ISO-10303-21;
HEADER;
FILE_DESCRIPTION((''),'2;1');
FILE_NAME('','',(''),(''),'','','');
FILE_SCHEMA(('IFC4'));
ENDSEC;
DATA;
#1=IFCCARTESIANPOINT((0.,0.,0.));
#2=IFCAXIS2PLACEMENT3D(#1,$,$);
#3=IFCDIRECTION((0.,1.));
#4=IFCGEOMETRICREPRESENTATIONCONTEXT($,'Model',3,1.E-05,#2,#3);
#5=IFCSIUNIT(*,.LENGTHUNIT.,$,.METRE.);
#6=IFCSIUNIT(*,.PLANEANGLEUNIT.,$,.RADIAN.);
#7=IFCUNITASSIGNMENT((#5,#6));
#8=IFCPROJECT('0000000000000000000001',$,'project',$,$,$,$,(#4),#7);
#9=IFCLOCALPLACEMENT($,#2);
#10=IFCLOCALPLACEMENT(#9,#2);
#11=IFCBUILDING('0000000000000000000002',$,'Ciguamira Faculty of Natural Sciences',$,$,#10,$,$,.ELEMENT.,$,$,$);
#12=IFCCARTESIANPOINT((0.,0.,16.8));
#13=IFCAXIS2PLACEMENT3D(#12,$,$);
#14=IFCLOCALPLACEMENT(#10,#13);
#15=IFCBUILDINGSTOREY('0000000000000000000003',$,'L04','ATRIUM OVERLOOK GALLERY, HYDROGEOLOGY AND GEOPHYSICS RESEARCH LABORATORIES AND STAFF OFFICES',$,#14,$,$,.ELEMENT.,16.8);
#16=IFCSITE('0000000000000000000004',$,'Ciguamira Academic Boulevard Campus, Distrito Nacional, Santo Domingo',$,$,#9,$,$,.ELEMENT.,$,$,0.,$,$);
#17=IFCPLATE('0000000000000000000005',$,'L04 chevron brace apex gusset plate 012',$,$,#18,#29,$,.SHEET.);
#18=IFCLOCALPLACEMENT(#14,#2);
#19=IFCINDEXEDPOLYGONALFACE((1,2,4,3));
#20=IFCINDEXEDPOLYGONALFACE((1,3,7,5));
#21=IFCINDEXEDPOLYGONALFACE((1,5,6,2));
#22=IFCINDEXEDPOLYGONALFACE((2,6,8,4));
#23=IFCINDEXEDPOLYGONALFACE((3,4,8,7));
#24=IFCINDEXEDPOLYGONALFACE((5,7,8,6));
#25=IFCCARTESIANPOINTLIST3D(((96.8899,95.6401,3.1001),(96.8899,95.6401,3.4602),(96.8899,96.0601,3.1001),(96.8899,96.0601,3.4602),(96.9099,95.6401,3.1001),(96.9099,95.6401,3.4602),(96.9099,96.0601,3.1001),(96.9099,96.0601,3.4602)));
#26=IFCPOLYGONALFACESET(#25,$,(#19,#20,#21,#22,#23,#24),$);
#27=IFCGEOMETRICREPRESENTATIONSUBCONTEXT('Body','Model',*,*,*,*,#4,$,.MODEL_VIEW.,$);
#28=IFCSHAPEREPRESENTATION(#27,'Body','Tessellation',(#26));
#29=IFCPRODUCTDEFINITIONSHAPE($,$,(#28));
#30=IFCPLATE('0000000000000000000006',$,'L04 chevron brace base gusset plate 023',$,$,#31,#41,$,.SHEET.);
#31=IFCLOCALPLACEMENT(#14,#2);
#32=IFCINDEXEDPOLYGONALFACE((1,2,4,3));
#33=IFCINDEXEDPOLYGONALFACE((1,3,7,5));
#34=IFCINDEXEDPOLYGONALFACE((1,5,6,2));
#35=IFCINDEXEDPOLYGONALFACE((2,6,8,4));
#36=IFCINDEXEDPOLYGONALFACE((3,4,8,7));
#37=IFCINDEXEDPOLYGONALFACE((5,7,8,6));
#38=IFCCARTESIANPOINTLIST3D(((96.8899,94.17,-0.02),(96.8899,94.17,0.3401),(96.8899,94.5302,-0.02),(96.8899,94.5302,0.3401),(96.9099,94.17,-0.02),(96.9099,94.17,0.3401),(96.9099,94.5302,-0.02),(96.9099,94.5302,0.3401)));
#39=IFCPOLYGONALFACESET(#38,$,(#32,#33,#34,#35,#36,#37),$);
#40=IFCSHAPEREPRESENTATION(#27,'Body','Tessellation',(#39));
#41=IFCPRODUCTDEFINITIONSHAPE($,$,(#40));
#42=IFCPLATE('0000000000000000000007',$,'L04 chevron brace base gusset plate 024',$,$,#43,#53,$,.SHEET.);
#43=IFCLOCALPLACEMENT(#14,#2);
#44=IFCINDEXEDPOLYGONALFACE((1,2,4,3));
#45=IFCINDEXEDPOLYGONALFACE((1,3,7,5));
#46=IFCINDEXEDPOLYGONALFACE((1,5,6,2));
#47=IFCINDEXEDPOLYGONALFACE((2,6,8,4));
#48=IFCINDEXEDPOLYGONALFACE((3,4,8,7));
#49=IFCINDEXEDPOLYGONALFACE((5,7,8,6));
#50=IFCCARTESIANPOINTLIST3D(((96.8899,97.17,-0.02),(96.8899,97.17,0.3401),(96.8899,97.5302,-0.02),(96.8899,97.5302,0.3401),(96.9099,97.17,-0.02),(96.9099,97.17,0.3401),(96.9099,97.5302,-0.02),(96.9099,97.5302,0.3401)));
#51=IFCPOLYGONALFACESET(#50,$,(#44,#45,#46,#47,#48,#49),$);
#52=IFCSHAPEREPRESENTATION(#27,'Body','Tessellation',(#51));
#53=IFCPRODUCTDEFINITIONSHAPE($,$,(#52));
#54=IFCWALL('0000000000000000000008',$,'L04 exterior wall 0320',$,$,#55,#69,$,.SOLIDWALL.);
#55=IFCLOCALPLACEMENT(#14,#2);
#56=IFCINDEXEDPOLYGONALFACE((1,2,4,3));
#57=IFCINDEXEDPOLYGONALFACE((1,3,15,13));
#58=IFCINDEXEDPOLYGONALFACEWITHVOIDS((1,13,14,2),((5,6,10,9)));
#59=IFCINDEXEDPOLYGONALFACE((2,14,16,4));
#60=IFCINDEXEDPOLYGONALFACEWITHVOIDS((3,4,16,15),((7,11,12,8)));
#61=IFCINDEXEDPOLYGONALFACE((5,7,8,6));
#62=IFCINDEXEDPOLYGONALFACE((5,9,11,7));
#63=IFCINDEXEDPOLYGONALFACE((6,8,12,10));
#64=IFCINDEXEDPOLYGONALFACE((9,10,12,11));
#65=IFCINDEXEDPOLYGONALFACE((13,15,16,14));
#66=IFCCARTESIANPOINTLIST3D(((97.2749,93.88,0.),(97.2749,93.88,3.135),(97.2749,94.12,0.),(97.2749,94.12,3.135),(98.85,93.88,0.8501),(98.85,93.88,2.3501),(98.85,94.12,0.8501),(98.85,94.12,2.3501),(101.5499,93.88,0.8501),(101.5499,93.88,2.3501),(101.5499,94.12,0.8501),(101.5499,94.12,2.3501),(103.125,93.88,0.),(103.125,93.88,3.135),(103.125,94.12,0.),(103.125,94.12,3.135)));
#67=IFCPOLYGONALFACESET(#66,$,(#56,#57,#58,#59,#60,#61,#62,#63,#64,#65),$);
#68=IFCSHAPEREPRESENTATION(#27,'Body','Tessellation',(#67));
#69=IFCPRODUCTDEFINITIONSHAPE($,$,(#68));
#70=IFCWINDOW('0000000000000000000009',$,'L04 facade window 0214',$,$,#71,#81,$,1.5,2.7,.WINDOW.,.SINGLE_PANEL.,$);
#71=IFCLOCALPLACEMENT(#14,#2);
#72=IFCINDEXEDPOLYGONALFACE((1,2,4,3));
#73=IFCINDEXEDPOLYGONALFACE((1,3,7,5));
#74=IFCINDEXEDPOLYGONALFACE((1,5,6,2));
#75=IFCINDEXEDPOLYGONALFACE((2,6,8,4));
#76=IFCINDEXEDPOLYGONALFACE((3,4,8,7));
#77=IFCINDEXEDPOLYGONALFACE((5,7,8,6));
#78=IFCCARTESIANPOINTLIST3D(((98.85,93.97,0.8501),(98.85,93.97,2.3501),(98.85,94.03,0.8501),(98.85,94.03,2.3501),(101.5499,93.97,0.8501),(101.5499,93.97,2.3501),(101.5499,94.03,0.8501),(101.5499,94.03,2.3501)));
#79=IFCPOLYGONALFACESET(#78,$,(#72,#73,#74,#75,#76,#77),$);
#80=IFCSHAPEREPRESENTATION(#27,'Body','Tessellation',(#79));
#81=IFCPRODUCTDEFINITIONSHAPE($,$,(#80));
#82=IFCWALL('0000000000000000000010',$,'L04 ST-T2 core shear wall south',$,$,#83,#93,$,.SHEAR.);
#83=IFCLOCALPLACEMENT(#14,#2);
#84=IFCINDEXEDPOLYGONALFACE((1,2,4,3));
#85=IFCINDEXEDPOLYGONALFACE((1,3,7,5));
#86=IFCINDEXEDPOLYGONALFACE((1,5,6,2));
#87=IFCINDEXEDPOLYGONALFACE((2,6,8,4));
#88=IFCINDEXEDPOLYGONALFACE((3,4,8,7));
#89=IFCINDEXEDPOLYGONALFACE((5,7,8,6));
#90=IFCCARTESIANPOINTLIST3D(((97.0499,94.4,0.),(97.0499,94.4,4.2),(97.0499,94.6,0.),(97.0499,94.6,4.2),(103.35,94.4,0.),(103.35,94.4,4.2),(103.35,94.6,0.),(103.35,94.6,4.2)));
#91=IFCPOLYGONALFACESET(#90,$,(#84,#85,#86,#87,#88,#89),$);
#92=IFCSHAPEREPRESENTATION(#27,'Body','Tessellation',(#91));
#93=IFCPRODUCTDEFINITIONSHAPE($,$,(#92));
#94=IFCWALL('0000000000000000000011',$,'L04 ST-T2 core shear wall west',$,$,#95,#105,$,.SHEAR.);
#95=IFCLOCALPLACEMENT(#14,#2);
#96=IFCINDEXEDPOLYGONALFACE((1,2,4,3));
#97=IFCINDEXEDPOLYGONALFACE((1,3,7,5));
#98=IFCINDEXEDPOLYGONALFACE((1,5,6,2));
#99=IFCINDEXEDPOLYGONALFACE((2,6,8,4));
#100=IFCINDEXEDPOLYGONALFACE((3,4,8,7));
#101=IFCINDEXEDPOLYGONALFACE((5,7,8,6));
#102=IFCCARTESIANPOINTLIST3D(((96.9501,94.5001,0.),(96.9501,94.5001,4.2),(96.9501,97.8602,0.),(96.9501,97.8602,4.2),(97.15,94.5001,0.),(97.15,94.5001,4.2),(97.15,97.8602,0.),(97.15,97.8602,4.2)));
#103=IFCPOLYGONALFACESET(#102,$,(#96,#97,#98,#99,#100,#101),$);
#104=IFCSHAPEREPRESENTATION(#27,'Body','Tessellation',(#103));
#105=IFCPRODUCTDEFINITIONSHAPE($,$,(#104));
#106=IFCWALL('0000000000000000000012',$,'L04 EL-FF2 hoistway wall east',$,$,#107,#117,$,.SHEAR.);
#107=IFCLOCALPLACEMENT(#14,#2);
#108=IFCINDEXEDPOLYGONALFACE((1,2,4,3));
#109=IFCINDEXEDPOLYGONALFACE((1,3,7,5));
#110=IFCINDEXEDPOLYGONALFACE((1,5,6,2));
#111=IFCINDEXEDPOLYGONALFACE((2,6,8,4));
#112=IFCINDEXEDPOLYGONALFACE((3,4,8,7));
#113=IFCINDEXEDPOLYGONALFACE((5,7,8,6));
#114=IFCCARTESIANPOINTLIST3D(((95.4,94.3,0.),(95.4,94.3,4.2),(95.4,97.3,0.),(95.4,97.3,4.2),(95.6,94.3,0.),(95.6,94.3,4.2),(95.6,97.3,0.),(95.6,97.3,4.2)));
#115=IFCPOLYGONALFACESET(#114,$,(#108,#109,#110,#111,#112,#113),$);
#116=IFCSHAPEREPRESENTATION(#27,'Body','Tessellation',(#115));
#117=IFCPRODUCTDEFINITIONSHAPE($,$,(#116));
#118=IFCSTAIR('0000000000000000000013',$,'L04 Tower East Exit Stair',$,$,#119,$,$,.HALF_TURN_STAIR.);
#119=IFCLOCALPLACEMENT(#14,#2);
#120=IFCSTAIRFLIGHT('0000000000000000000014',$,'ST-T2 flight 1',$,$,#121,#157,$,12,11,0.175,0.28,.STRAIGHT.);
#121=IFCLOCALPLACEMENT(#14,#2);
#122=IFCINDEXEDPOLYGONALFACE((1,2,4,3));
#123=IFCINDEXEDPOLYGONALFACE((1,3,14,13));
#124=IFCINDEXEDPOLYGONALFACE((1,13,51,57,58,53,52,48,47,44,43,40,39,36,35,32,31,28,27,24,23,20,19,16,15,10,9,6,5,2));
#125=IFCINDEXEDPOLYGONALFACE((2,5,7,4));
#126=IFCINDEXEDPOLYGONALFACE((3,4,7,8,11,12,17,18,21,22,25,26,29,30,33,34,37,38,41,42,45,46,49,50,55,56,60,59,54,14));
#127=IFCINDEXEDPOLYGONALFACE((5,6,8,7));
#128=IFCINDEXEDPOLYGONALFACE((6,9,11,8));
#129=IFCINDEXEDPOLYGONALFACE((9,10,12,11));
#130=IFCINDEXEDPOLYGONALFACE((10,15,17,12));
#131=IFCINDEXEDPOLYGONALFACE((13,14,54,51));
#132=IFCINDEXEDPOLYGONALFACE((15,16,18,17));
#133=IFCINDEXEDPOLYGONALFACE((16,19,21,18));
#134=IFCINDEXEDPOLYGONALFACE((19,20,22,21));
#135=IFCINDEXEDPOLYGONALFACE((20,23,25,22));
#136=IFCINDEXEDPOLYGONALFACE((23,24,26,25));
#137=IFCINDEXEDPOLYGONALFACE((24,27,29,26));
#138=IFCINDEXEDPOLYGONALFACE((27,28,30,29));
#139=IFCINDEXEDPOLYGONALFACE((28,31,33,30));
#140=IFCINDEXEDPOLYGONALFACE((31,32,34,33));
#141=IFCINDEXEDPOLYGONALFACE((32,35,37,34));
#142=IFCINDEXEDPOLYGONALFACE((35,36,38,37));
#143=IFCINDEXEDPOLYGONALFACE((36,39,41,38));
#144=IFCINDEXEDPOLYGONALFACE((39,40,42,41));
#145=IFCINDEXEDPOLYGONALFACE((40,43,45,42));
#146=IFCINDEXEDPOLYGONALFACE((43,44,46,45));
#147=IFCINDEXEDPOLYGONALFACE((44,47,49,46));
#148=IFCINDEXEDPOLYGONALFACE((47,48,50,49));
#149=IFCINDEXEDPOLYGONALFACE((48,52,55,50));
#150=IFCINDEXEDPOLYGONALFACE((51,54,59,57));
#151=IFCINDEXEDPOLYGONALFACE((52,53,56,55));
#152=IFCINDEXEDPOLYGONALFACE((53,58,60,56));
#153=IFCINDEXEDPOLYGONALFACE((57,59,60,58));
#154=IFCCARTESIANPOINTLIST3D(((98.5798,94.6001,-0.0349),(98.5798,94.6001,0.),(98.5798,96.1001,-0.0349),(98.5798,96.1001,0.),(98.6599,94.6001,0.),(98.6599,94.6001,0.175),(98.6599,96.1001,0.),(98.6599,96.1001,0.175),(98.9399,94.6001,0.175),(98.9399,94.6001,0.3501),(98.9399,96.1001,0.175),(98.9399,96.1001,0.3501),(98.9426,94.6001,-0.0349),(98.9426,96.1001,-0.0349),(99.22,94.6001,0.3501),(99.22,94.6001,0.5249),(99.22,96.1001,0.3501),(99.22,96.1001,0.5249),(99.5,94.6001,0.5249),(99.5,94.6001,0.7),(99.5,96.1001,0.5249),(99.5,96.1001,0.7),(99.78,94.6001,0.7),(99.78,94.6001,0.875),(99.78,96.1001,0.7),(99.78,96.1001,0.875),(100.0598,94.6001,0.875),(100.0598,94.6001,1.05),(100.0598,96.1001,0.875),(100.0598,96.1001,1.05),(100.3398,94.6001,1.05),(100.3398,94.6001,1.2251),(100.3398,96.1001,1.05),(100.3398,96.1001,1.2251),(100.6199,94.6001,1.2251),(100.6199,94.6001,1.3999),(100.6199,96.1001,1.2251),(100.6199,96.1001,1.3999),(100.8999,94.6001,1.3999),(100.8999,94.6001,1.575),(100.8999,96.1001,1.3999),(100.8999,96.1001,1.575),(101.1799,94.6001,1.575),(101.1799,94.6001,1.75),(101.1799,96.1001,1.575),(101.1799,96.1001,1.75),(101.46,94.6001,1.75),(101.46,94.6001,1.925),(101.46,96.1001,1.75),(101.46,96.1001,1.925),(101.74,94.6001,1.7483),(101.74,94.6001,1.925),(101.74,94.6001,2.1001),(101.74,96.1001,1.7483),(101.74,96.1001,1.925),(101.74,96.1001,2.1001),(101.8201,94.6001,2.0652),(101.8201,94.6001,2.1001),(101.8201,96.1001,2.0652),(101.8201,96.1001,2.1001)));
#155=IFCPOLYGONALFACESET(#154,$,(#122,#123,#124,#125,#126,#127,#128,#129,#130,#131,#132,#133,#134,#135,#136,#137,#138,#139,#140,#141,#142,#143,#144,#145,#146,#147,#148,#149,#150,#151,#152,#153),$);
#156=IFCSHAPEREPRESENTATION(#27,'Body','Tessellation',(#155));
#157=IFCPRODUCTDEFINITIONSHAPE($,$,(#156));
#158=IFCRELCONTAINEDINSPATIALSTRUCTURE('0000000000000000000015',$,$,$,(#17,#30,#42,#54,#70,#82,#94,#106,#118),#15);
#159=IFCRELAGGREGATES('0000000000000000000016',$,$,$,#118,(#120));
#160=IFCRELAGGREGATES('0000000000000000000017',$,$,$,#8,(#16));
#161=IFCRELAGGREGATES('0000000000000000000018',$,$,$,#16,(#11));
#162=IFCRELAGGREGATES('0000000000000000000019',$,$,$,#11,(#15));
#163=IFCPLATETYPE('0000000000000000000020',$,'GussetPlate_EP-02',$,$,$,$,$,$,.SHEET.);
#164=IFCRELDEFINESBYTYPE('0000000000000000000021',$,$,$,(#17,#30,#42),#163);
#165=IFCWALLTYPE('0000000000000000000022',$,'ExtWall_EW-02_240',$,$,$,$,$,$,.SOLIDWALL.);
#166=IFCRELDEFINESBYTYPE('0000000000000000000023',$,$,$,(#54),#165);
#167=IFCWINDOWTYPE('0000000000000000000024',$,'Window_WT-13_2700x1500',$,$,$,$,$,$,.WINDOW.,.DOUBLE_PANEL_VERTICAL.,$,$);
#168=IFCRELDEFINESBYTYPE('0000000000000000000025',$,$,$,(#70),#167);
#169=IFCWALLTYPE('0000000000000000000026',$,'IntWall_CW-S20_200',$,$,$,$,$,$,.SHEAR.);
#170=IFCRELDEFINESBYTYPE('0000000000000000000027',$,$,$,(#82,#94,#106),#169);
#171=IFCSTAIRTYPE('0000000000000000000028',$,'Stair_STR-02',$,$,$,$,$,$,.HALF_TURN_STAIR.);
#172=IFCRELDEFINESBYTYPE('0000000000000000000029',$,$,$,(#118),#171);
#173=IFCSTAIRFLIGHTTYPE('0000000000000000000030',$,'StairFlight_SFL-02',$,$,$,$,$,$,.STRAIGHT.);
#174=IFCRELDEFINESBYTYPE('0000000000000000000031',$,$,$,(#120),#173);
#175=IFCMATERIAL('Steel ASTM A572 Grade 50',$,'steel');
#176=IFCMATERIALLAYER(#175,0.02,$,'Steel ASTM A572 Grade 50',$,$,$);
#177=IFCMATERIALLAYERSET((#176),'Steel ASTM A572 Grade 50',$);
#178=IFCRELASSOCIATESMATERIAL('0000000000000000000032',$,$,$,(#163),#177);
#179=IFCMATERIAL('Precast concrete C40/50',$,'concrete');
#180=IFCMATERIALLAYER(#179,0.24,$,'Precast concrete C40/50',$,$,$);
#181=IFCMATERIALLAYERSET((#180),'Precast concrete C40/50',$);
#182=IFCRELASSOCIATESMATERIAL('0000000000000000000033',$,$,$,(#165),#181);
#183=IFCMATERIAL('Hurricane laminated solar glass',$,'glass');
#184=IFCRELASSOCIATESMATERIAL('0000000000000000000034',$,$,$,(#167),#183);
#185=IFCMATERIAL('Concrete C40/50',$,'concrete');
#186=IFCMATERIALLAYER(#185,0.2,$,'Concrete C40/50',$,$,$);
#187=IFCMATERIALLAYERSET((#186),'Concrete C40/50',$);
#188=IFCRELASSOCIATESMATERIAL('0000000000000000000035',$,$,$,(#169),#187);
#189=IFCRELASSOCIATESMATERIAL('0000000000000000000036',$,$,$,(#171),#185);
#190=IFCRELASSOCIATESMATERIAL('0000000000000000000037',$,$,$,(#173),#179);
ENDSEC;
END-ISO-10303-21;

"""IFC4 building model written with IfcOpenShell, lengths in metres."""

from ifc_helpers import new_model, si_unit, direction, frame, frame_2d, origin, origin_2d, place, context, subcontext, project, spatial, polyline, rectangle, outline, extrude, material, layer, layer_set, type_object, element, fill, aggregate, save


model = new_model("IFC4")

# Units and contexts
model_context = context("Model", 3, precision=1e-05, world=origin(), true_north=direction((0.0, 1.0)))
body_context = subcontext(model_context, "Body", "Model", "MODEL_VIEW")
ifc_project = project(units=[si_unit("LENGTHUNIT", "METRE"), si_unit("PLANEANGLEUNIT", "RADIAN")], contexts=[model_context])

# Site, building, storey
site_placement = place(None, origin())
site = spatial("IfcSite", under=ifc_project, at=site_placement, Name="Ciguamira Academic Boulevard Campus, Distrito Nacional, Santo Domingo", CompositionType="ELEMENT", RefElevation=0.0)
building_placement = place(site_placement, origin())
building = spatial("IfcBuilding", under=site, at=building_placement, Name="Ciguamira Faculty of Natural Sciences", CompositionType="ELEMENT")
storey_placement = place(building_placement, frame((0.0, 0.0, 16.8)))
storey = spatial("IfcBuildingStorey", under=building, at=storey_placement, Name="L04", Description="ATRIUM OVERLOOK GALLERY, HYDROGEOLOGY AND GEOPHYSICS RESEARCH LABORATORIES AND STAFF OFFICES", CompositionType="ELEMENT", Elevation=16.8)

# Shared definitions
ifc_material_1 = material(Name="Concrete C40/50", Category="concrete")

# Plates
ifc_material_2 = material(Name="Steel ASTM A572 Grade 50", Category="steel")
ifc_layer_1 = layer(ifc_material_2, 0.02, Name="Steel ASTM A572 Grade 50")
ifc_layer_set_1 = layer_set([ifc_layer_1], Name="Steel ASTM A572 Grade 50")
plate_type_1 = type_object("IfcPlateType", Name="GussetPlate_EP-02", PredefinedType="SHEET", material=ifc_layer_set_1)
plate_1_placement = place(storey_placement, frame((96.8999, 95.8501, 3.1001), z_axis=(0.0, 0.0, 1.0), x_axis=(1.0, 0.0, 0.0)))
element("IfcPlate", 1, at=plate_1_placement, inside=storey, type_object=plate_type_1, Name="L04 chevron brace apex gusset plate 012", PredefinedType="SHEET", context=body_context, shape_type="SweptSolid", body=[
    extrude(rectangle(XDim=0.02, YDim=0.4199, at=origin_2d()), origin(), (0.0, 0.0, 1.0), 0.3601),
])
for number, where, z_axis, x_axis, name in (
    (2, (96.8999, 94.3501, -0.02), (0.0, 0.0, 1.0), (1.0, 0.0, 0.0), "L04 chevron brace base gusset plate 023"),
    (3, (96.8999, 97.3501, -0.02), (0.0, 0.0, 1.0), (1.0, 0.0, 0.0), "L04 chevron brace base gusset plate 024"),
):
    element("IfcPlate", number, at=place(storey_placement, frame(where, z_axis=z_axis, x_axis=x_axis)), inside=storey, type_object=plate_type_1, Name=name, PredefinedType="SHEET", context=body_context, shape_type="SweptSolid", body=[
        extrude(rectangle(XDim=0.02, YDim=0.3601, at=origin_2d()), origin(), (0.0, 0.0, 1.0), 0.3601),
    ])

# Wall, opening, window
ifc_material_3 = material(Name="Precast concrete C40/50", Category="concrete")
ifc_layer_2 = layer(ifc_material_3, 0.24, Name="Precast concrete C40/50")
ifc_layer_set_2 = layer_set([ifc_layer_2], Name="Precast concrete C40/50")
wall_type_1 = type_object("IfcWallType", Name="ExtWall_EW-02_240", PredefinedType="SOLIDWALL", material=ifc_layer_set_2)
wall_1_placement = place(storey_placement, frame((97.2749, 94.0, 0.0), z_axis=(0.0, 0.0, 1.0), x_axis=(1.0, 0.0, 0.0)))
wall_1 = element("IfcWall", 4, at=wall_1_placement, inside=storey, type_object=wall_type_1, Name="L04 exterior wall 0320", PredefinedType="SOLIDWALL", context=body_context, shape_type="SweptSolid", body=[
    extrude(rectangle(XDim=5.8501, YDim=0.24, at=frame_2d((2.925, 0.0))), origin(), (0.0, 0.0, 1.0), 3.135),
])
opening_placement = place(wall_1_placement, frame((1.575, 0.0, 0.8501)))
opening = element("IfcOpeningElement", 5, at=opening_placement, cuts=wall_1, PredefinedType="OPENING", context=body_context, shape_type="SweptSolid", body=[
    extrude(rectangle(XDim=2.7, YDim=1.5, at=frame_2d((1.3501, 0.75))), frame((0.0, 0.1299, 0.0), z_axis=(0.0, -1.0, 0.0), x_axis=(1.0, 0.0, 0.0)), (0.0, 0.0, 1.0), 0.26),
])
ifc_material_4 = material(Name="Hurricane laminated solar glass", Category="glass")
window_type = type_object("IfcWindowType", Name="Window_WT-13_2700x1500", PartitioningType="DOUBLE_PANEL_VERTICAL", PredefinedType="WINDOW", material=ifc_material_4)
window_placement = place(opening_placement, origin())
window = element("IfcWindow", 6, at=window_placement, inside=storey, type_object=window_type, Name="L04 facade window 0214", OverallHeight=1.5, OverallWidth=2.7, PartitioningType="SINGLE_PANEL", PredefinedType="WINDOW", context=body_context, shape_type="SweptSolid", body=[
    extrude(rectangle(XDim=2.7, YDim=1.5, at=frame_2d((1.3501, 0.75))), frame((0.0, 0.03, 0.0), z_axis=(0.0, -1.0, 0.0), x_axis=(1.0, 0.0, 0.0)), (0.0, 0.0, 1.0), 0.0601),
])
fill(opening, window)

# Walls
ifc_layer_3 = layer(ifc_material_1, 0.2, Name="Concrete C40/50")
ifc_layer_set_3 = layer_set([ifc_layer_3], Name="Concrete C40/50")
wall_type_2 = type_object("IfcWallType", Name="IntWall_CW-S20_200", PredefinedType="SHEAR", material=ifc_layer_set_3)
wall_2_placement = place(storey_placement, frame((97.05, 94.5, 0.0), z_axis=(0.0, 0.0, 1.0), x_axis=(1.0, 0.0, 0.0)))
element("IfcWall", 7, at=wall_2_placement, inside=storey, type_object=wall_type_2, Name="L04 ST-T2 core shear wall south", PredefinedType="SHEAR", context=body_context, shape_type="SweptSolid", body=[
    extrude(rectangle(XDim=6.3, YDim=0.2, at=frame_2d((3.1499, 0.0))), origin(), (0.0, 0.0, 1.0), 4.2),
])
wall_3_placement = place(storey_placement, frame((97.05, 94.5, 0.0), z_axis=(0.0, 0.0, 1.0), x_axis=(0.0, 1.0, 0.0)))
element("IfcWall", 8, at=wall_3_placement, inside=storey, type_object=wall_type_2, Name="L04 ST-T2 core shear wall west", PredefinedType="SHEAR", context=body_context, shape_type="SweptSolid", body=[
    extrude(rectangle(XDim=3.3601, YDim=0.2, at=frame_2d((1.6802, 0.0))), origin(), (0.0, 0.0, 1.0), 4.2),
])
wall_4_placement = place(storey_placement, frame((95.5, 94.3, 0.0), z_axis=(0.0, 0.0, 1.0), x_axis=(0.0, 1.0, 0.0)))
element("IfcWall", 9, at=wall_4_placement, inside=storey, type_object=wall_type_2, Name="L04 EL-FF2 hoistway wall east", PredefinedType="SHEAR", context=body_context, shape_type="SweptSolid", body=[
    extrude(rectangle(XDim=3.0, YDim=0.2, at=frame_2d((1.5, 0.0))), origin(), (0.0, 0.0, 1.0), 4.2),
])

# Stair, stair flight
stair_type = type_object("IfcStairType", Name="Stair_STR-02", PredefinedType="HALF_TURN_STAIR", material=ifc_material_1)
stair_placement = place(storey_placement, origin())
stair = element("IfcStair", 10, at=stair_placement, inside=storey, type_object=stair_type, Name="L04 Tower East Exit Stair", PredefinedType="HALF_TURN_STAIR")
stair_flight_type = type_object("IfcStairFlightType", Name="StairFlight_SFL-02", PredefinedType="STRAIGHT", material=ifc_material_3)
stair_flight_placement = place(storey_placement, frame((98.6599, 95.3501, 0.0), z_axis=(0.0, 0.0, 1.0), x_axis=(1.0, 0.0, 0.0)))
stair_flight = element("IfcStairFlight", 11, at=stair_flight_placement, type_object=stair_flight_type, Name="ST-T2 flight 1", NumberOfRisers=12, NumberOfTreads=11, PredefinedType="STRAIGHT", RiserHeight=0.175, TreadLength=0.28, context=body_context, shape_type="SweptSolid", body=[
    extrude(outline(polyline([(-0.0801, -0.0349), (-0.0801, 0.0), (0.0, 0.0), (0.0, 0.175), (0.28, 0.175), (0.28, 0.3501), (0.5601, 0.3501), (0.5601, 0.5249), (0.8401, 0.5249), (0.8401, 0.7), (1.1201, 0.7), (1.1201, 0.875), (1.3999, 0.875), (1.3999, 1.05), (1.6799, 1.05), (1.6799, 1.2251), (1.96, 1.2251), (1.96, 1.3999), (2.24, 1.3999), (2.24, 1.575), (2.52, 1.575), (2.52, 1.75), (2.8, 1.75), (2.8, 1.925), (3.0801, 1.925), (3.0801, 2.1001), (3.1602, 2.1001), (3.1602, 2.0652), (3.0801, 1.7483), (0.2827, -0.0349), (-0.0801, -0.0349)])), frame((0.0, 0.75, 0.0), z_axis=(0.0, -1.0, 0.0), x_axis=(1.0, 0.0, 0.0)), (0.0, 0.0, 1.0), 1.5),
])
aggregate(stair, [stair_flight])

save(model, "model.ifc")
